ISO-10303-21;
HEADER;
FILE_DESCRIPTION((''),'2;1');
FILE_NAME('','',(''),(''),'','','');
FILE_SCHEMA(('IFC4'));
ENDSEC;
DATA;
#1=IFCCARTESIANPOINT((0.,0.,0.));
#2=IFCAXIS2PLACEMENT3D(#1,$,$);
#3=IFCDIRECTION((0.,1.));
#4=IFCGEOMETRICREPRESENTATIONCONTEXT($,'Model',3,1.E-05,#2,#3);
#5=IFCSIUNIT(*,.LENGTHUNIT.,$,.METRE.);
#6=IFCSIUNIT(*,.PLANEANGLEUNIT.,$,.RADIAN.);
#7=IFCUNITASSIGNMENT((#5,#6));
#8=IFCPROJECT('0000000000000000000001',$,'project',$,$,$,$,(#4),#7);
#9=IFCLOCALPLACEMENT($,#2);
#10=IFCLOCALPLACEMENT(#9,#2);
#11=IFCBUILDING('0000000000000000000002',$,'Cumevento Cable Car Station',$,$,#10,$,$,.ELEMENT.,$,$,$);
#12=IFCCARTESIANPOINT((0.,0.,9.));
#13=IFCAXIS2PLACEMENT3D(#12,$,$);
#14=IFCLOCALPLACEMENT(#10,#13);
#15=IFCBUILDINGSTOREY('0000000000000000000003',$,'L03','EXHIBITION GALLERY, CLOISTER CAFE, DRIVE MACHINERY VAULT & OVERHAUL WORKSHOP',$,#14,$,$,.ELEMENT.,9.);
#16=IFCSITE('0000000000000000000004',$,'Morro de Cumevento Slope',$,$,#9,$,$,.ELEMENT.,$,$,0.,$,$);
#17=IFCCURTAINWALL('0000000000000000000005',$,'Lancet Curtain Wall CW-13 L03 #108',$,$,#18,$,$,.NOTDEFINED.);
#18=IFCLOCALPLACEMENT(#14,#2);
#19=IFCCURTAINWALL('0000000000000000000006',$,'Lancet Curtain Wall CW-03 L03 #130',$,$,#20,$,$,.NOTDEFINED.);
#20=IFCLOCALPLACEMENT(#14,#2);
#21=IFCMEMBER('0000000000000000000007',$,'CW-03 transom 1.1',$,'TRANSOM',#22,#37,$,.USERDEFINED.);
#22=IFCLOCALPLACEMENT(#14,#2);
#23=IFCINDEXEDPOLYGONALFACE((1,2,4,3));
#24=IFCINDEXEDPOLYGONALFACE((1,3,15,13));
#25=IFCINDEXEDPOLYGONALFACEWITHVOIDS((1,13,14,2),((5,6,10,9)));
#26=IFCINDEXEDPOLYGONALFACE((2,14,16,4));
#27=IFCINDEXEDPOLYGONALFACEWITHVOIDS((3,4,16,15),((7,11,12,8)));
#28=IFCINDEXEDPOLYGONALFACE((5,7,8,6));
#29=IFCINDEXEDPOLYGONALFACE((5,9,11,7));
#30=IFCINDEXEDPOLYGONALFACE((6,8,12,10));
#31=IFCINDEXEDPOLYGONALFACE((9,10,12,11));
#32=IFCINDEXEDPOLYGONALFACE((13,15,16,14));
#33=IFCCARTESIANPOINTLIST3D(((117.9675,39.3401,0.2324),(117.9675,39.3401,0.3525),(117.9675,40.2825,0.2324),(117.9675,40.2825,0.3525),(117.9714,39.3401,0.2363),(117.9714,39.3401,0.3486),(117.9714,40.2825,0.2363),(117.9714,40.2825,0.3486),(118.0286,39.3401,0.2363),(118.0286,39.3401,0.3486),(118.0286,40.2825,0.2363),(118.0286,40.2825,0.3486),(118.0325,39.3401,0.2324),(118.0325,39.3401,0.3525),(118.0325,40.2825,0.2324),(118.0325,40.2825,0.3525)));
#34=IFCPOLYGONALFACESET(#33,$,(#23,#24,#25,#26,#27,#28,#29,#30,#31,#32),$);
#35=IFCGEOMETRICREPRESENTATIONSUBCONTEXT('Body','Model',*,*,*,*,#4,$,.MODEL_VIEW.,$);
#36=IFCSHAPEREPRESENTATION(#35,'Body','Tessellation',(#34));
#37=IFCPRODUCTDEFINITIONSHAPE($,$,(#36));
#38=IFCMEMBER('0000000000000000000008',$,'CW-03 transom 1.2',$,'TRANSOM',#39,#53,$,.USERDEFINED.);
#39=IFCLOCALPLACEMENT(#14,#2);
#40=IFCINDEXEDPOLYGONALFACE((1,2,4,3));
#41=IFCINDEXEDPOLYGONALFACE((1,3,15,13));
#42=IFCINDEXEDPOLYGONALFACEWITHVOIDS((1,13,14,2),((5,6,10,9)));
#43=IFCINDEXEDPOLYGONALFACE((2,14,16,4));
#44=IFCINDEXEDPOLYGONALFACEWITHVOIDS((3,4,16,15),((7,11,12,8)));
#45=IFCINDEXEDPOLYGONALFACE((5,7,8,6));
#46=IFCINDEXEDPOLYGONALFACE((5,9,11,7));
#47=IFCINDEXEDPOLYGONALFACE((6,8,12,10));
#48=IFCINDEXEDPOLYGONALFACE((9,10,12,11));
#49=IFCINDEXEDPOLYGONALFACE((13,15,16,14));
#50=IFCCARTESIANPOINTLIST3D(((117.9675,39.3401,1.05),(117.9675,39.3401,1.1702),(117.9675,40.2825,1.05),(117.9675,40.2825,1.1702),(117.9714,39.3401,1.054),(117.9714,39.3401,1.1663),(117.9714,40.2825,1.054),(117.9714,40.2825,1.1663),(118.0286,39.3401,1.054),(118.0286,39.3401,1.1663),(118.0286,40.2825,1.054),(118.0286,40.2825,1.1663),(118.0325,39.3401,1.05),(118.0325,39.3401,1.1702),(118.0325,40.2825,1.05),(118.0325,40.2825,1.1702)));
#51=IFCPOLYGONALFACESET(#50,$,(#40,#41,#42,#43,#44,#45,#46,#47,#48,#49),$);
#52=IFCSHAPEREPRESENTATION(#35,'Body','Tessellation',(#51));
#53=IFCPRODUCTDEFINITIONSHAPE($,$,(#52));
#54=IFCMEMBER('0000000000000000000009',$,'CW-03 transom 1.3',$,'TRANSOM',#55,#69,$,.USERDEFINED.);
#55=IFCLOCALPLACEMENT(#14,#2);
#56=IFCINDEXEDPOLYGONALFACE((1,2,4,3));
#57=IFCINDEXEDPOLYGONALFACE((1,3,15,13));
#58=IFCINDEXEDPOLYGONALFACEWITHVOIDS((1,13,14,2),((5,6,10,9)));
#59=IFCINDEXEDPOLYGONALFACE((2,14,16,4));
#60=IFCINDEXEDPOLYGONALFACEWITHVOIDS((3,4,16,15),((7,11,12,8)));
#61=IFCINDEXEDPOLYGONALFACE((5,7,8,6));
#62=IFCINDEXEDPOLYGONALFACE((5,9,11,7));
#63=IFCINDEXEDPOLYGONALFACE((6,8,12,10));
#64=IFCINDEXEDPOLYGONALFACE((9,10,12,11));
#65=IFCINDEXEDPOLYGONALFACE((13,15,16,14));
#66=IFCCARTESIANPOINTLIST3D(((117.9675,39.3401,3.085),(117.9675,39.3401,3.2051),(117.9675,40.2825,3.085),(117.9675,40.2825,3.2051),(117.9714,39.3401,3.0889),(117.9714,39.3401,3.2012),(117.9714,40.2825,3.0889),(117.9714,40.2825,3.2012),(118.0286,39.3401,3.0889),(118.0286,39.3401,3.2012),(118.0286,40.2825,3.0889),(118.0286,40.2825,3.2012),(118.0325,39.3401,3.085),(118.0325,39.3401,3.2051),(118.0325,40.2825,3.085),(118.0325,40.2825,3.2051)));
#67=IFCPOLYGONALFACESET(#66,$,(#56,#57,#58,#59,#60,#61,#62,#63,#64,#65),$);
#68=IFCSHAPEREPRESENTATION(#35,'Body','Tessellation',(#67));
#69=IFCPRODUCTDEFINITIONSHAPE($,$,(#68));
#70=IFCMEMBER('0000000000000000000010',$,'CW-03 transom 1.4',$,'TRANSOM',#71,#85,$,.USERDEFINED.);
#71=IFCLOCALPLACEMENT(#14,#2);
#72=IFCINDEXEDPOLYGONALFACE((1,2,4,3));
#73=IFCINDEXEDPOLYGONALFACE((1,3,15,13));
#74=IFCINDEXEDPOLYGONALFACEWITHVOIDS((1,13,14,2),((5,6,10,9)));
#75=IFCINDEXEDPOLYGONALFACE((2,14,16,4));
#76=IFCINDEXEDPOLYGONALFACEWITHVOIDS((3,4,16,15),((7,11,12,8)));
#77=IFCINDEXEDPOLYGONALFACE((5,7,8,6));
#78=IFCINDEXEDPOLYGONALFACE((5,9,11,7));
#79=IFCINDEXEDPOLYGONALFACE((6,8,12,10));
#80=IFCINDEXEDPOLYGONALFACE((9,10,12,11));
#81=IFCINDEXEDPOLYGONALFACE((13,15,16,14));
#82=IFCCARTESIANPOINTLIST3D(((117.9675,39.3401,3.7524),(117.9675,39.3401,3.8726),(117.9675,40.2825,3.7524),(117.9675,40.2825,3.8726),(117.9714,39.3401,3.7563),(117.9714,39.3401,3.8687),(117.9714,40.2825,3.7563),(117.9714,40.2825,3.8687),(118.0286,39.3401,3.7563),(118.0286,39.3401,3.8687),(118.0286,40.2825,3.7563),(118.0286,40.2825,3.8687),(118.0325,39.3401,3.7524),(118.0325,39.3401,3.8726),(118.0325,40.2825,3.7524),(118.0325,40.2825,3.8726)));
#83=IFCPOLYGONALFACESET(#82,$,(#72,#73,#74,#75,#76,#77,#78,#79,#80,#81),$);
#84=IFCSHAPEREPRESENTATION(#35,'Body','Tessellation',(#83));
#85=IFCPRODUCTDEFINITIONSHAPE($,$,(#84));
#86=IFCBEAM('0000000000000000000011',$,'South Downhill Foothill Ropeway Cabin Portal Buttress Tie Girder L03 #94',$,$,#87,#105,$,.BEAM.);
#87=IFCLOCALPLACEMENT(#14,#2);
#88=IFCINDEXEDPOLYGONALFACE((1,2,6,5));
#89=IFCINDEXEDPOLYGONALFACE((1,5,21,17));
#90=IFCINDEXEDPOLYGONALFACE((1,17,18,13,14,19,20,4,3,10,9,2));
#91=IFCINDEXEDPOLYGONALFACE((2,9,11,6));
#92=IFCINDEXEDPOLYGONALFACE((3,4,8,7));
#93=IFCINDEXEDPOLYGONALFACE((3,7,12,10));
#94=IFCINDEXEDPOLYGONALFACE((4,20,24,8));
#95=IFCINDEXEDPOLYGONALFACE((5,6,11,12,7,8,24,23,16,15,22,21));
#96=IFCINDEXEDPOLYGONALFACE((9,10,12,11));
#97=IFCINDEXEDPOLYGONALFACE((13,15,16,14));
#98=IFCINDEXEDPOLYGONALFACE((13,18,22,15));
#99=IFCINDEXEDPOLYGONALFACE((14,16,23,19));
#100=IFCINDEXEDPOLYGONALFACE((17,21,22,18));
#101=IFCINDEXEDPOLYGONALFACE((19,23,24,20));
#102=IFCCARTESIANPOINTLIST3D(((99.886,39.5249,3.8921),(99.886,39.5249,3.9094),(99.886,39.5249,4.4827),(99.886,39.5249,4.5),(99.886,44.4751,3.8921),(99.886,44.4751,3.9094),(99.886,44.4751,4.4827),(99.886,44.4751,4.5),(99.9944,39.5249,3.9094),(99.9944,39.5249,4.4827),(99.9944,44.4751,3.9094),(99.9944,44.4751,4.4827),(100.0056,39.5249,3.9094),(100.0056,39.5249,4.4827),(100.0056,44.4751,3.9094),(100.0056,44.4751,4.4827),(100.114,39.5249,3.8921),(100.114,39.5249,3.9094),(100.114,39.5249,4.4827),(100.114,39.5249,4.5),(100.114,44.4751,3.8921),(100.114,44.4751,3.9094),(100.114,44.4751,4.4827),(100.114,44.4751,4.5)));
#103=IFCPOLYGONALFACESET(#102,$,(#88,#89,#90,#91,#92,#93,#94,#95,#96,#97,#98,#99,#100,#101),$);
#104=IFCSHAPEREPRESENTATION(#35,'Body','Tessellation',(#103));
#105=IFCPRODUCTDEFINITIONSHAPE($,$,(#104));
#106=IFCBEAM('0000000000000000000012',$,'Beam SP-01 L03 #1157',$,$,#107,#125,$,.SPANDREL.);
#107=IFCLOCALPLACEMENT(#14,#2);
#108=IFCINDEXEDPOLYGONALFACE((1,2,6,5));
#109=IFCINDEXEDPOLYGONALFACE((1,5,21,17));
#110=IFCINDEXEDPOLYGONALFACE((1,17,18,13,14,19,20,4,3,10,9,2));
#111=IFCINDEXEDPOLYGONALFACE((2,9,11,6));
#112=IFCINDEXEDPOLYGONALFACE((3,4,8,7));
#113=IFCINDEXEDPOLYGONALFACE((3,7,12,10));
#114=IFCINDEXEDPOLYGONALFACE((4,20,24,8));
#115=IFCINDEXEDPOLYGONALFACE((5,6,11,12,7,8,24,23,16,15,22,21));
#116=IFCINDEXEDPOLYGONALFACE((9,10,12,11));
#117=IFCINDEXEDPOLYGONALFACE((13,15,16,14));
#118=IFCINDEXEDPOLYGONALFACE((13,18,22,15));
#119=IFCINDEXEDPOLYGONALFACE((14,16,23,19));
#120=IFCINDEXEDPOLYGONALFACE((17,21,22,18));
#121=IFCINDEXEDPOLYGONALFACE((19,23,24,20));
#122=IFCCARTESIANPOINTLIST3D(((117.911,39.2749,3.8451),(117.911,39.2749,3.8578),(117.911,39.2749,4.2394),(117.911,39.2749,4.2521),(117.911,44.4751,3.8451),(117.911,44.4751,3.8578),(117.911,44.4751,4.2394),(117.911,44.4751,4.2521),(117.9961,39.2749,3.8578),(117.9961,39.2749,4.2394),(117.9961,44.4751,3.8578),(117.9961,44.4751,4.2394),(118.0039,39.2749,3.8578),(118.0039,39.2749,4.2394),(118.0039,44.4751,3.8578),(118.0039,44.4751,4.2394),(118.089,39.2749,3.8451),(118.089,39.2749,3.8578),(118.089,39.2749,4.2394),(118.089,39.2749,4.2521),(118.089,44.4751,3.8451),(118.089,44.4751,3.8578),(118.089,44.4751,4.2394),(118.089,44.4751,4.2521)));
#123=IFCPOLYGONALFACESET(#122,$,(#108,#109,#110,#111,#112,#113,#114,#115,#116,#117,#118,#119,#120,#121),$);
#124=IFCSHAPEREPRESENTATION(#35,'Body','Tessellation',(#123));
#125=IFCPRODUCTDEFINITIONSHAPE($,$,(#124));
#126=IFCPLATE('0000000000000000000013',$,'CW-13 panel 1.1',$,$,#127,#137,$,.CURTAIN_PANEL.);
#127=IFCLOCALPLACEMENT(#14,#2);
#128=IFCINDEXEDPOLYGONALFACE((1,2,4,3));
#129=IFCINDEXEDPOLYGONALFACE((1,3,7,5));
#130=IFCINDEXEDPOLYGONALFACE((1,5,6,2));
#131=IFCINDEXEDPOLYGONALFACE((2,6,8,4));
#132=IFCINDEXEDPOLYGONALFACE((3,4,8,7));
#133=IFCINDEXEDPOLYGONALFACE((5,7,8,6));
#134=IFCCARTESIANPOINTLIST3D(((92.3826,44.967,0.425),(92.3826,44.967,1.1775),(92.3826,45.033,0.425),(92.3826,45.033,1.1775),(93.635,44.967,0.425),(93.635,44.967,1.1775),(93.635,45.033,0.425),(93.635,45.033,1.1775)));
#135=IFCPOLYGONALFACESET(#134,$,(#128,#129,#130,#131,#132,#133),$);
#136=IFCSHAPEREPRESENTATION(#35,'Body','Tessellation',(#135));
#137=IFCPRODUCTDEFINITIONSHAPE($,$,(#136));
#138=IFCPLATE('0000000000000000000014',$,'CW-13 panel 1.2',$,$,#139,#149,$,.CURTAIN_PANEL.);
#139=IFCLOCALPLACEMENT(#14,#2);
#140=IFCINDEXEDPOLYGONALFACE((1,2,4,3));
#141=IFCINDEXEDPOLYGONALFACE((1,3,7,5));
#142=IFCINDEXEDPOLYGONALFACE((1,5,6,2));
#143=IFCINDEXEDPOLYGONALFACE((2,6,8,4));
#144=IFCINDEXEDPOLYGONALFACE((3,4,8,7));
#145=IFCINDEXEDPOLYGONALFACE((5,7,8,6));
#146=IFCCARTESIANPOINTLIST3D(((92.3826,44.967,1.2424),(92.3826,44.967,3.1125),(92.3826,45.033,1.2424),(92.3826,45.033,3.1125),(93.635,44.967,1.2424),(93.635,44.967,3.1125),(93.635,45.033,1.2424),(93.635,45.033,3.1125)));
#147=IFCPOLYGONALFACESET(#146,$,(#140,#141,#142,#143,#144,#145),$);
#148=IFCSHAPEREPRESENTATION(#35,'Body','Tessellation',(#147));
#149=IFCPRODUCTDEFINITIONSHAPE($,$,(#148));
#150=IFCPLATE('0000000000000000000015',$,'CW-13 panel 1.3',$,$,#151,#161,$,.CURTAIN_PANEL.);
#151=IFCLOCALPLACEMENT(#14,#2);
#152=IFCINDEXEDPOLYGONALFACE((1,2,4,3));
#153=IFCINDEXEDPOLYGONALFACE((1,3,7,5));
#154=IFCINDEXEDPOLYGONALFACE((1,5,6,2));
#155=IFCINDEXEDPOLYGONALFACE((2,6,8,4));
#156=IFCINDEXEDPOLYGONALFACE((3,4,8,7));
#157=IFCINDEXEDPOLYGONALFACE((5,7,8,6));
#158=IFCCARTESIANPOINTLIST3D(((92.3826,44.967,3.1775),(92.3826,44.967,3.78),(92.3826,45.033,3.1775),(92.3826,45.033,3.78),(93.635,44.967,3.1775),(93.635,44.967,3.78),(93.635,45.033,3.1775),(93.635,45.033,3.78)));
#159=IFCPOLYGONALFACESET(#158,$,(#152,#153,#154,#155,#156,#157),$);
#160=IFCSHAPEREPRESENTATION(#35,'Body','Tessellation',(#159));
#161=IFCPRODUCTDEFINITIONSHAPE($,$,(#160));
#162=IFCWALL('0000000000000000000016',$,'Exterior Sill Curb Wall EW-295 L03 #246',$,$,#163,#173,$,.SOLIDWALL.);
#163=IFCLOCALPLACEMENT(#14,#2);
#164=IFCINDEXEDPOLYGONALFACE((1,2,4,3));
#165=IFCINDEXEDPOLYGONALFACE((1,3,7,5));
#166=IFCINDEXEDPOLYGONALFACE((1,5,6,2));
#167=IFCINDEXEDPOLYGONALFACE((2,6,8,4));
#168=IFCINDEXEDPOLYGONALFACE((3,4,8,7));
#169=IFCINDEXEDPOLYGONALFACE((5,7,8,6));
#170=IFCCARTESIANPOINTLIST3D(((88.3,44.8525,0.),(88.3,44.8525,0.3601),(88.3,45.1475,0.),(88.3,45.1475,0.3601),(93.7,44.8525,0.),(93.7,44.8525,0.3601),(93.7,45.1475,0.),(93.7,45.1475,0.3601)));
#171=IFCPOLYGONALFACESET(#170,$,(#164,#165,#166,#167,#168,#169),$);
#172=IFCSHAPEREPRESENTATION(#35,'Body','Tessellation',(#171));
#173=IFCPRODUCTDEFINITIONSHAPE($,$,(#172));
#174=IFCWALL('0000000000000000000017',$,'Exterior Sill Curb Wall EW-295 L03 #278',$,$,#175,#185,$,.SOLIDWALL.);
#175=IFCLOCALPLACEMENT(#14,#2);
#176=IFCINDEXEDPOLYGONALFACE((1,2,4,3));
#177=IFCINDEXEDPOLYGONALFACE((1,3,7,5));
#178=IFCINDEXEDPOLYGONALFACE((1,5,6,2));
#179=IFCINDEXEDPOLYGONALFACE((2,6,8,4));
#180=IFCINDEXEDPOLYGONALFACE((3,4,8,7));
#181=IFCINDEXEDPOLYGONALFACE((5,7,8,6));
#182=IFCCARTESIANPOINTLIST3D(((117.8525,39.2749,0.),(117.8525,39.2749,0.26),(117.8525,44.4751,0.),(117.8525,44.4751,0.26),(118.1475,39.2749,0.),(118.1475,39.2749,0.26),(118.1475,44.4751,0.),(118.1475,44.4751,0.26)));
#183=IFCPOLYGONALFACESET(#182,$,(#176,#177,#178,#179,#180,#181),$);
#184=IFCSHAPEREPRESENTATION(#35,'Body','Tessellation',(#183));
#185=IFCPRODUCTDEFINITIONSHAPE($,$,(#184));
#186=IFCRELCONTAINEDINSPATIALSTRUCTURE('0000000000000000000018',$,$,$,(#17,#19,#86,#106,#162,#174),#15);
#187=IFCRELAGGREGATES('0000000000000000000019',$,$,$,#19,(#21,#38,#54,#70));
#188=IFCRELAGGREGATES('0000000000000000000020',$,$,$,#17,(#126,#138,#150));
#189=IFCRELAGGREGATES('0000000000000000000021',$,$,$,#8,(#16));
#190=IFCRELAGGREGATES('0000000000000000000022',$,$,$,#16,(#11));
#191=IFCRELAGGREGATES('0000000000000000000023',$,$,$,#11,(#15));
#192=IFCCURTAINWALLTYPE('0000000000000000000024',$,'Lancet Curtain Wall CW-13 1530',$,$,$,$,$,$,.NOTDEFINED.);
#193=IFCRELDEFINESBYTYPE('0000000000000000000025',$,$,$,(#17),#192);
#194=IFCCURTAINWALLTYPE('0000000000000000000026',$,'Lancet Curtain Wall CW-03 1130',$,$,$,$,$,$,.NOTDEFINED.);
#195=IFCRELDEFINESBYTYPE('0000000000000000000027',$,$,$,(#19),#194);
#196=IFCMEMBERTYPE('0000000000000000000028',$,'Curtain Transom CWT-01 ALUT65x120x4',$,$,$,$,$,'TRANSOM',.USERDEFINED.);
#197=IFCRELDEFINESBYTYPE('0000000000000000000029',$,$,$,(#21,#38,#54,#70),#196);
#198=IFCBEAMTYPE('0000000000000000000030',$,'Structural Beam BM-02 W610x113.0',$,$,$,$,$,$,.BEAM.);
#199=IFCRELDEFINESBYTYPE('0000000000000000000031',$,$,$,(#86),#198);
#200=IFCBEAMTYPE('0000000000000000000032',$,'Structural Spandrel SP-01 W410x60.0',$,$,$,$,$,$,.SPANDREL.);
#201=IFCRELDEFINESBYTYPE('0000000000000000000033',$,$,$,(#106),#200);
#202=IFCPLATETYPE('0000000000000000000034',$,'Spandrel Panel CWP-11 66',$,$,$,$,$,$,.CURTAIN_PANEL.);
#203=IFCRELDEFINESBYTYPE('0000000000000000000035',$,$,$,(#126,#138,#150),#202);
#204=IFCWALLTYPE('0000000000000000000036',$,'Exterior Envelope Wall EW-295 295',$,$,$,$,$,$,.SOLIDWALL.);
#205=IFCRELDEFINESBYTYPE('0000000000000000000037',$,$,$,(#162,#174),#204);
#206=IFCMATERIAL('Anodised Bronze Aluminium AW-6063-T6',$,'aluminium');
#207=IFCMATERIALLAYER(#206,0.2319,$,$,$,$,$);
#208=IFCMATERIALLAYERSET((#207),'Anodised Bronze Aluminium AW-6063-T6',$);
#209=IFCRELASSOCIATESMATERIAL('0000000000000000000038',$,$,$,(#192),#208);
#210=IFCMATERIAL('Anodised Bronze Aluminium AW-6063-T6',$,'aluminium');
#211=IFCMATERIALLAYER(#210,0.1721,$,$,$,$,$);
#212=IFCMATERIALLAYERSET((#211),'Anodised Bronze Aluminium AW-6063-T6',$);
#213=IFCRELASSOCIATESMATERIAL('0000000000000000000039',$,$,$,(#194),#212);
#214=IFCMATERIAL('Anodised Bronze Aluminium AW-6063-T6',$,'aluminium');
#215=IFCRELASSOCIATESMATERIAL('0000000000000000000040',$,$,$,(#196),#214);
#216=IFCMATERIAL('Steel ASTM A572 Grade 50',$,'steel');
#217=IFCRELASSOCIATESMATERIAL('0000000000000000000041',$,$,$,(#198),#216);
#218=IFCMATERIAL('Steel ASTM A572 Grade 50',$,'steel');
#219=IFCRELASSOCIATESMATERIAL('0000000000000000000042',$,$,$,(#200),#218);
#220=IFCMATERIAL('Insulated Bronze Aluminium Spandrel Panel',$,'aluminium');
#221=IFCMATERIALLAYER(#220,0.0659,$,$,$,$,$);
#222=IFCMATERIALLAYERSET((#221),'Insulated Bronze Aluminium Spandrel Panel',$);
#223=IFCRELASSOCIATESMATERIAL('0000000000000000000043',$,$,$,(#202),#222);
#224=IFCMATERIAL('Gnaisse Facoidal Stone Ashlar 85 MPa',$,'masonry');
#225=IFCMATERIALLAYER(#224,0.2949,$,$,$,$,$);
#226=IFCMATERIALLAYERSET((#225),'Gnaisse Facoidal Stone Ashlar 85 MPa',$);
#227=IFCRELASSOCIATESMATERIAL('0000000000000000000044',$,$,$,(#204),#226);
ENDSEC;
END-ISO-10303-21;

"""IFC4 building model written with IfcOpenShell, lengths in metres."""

from ifc_helpers import new_model, si_unit, direction, frame, frame_2d, origin, origin_2d, place, context, subcontext, project, spatial, rectangle, hollow_rectangle, i_section, extrude, material, layer, layer_set, material_profile, profile_set, type_object, element, aggregate, save


model = new_model("IFC4")

# Units and contexts
model_context = context("Model", 3, precision=1e-05, world=origin(), true_north=direction((0.0, 1.0)))
body_context = subcontext(model_context, "Body", "Model", "MODEL_VIEW")
ifc_project = project(units=[si_unit("LENGTHUNIT", "METRE"), si_unit("PLANEANGLEUNIT", "RADIAN")], contexts=[model_context])

# Site, building, storey
site_placement = place(None, origin())
site = spatial("IfcSite", under=ifc_project, at=site_placement, Name="Morro de Cumevento Slope", CompositionType="ELEMENT", RefElevation=0.0)
building_placement = place(site_placement, origin())
building = spatial("IfcBuilding", under=site, at=building_placement, Name="Cumevento Cable Car Station", CompositionType="ELEMENT")
storey_placement = place(building_placement, frame((0.0, 0.0, 9.0)))
storey = spatial("IfcBuildingStorey", under=building, at=storey_placement, Name="L03", Description="EXHIBITION GALLERY, CLOISTER CAFE, DRIVE MACHINERY VAULT & OVERHAUL WORKSHOP", CompositionType="ELEMENT", Elevation=9.0)

# Curtain wall
ifc_material_1 = material(Name="Anodised Bronze Aluminium AW-6063-T6", Category="aluminium")
ifc_layer_1 = layer(ifc_material_1, 0.2319)
ifc_layer_set_1 = layer_set([ifc_layer_1], Name="Anodised Bronze Aluminium AW-6063-T6")
curtain_wall_type_1 = type_object("IfcCurtainWallType", Name="Lancet Curtain Wall CW-13 1530", PredefinedType="NOTDEFINED", material=ifc_layer_set_1)
curtain_wall_1_placement = place(storey_placement, origin())
curtain_wall_1 = element("IfcCurtainWall", 1, at=curtain_wall_1_placement, inside=storey, type_object=curtain_wall_type_1, Name="Lancet Curtain Wall CW-13 L03 #108", PredefinedType="NOTDEFINED")

# Curtain wall
ifc_material_2 = material(Name="Anodised Bronze Aluminium AW-6063-T6", Category="aluminium")
ifc_layer_2 = layer(ifc_material_2, 0.1721)
ifc_layer_set_2 = layer_set([ifc_layer_2], Name="Anodised Bronze Aluminium AW-6063-T6")
curtain_wall_type_2 = type_object("IfcCurtainWallType", Name="Lancet Curtain Wall CW-03 1130", PredefinedType="NOTDEFINED", material=ifc_layer_set_2)
curtain_wall_2_placement = place(storey_placement, origin())
curtain_wall_2 = element("IfcCurtainWall", 2, at=curtain_wall_2_placement, inside=storey, type_object=curtain_wall_type_2, Name="Lancet Curtain Wall CW-03 L03 #130", PredefinedType="NOTDEFINED")

# Members
ifc_material_3 = material(Name="Anodised Bronze Aluminium AW-6063-T6", Category="aluminium")
ifc_material_profile_1 = material_profile(ifc_material_3, hollow_rectangle(XDim=0.0649, YDim=0.1201, WallThickness=0.0039, at=origin_2d()), Name="ALUT65x120x4")
ifc_profile_set_1 = profile_set([ifc_material_profile_1], Name="Anodised Bronze Aluminium AW-6063-T6")
member_type_1 = type_object("IfcMemberType", Name="Curtain Transom CWT-01 ALUT65x120x4", ElementType="TRANSOM", PredefinedType="USERDEFINED", material=ifc_profile_set_1)
member_1_placement = place(storey_placement, frame((118.0, 39.3401, 0.2925), z_axis=(0.0, 1.0, 0.0), x_axis=(-1.0, 0.0, 0.0)))
member_1 = element("IfcMember", 3, at=member_1_placement, type_object=member_type_1, Name="CW-03 transom 1.1", ObjectType="TRANSOM", PredefinedType="USERDEFINED", context=body_context, shape_type="SweptSolid", body=[
    extrude(hollow_rectangle(XDim=0.0649, YDim=0.1201, WallThickness=0.0039, at=origin_2d()), origin(), (0.0, 0.0, 1.0), 0.9424),
])
member_2_placement = place(storey_placement, frame((118.0, 39.3401, 1.1101), z_axis=(0.0, 1.0, 0.0), x_axis=(-1.0, 0.0, 0.0)))
member_2 = element("IfcMember", 4, at=member_2_placement, type_object=member_type_1, Name="CW-03 transom 1.2", ObjectType="TRANSOM", PredefinedType="USERDEFINED", context=body_context, shape_type="SweptSolid", body=[
    extrude(hollow_rectangle(XDim=0.0649, YDim=0.1201, WallThickness=0.0039, at=origin_2d()), origin(), (0.0, 0.0, 1.0), 0.9424),
])
member_3_placement = place(storey_placement, frame((118.0, 39.3401, 3.145), z_axis=(0.0, 1.0, 0.0), x_axis=(-1.0, 0.0, 0.0)))
member_3 = element("IfcMember", 5, at=member_3_placement, type_object=member_type_1, Name="CW-03 transom 1.3", ObjectType="TRANSOM", PredefinedType="USERDEFINED", context=body_context, shape_type="SweptSolid", body=[
    extrude(hollow_rectangle(XDim=0.0649, YDim=0.1201, WallThickness=0.0039, at=origin_2d()), origin(), (0.0, 0.0, 1.0), 0.9424),
])
member_4_placement = place(storey_placement, frame((118.0, 39.3401, 3.8125), z_axis=(0.0, 1.0, 0.0), x_axis=(-1.0, 0.0, 0.0)))
member_4 = element("IfcMember", 6, at=member_4_placement, type_object=member_type_1, Name="CW-03 transom 1.4", ObjectType="TRANSOM", PredefinedType="USERDEFINED", context=body_context, shape_type="SweptSolid", body=[
    extrude(hollow_rectangle(XDim=0.0649, YDim=0.1201, WallThickness=0.0039, at=origin_2d()), origin(), (0.0, 0.0, 1.0), 0.9424),
])
aggregate(curtain_wall_2, [member_1, member_2, member_3, member_4])

# Beams
ifc_material_4 = material(Name="Steel ASTM A572 Grade 50", Category="steel")
ifc_material_profile_2 = material_profile(ifc_material_4, i_section(OverallWidth=0.228, OverallDepth=0.6079, WebThickness=0.0112, FlangeThickness=0.0173, at=origin_2d()), Name="W610x113.0")
ifc_profile_set_2 = profile_set([ifc_material_profile_2], Name="Steel ASTM A572 Grade 50")
beam_type_1 = type_object("IfcBeamType", Name="Structural Beam BM-02 W610x113.0", PredefinedType="BEAM", material=ifc_profile_set_2)
beam_1_placement = place(storey_placement, frame((100.0, 39.5249, 4.196), z_axis=(0.0, 1.0, 0.0), x_axis=(-1.0, 0.0, 0.0)))
element("IfcBeam", 7, at=beam_1_placement, inside=storey, type_object=beam_type_1, Name="South Downhill Foothill Ropeway Cabin Portal Buttress Tie Girder L03 #94", PredefinedType="BEAM", context=body_context, shape_type="SweptSolid", body=[
    extrude(i_section(OverallWidth=0.228, OverallDepth=0.6079, WebThickness=0.0112, FlangeThickness=0.0173, at=origin_2d()), origin(), (0.0, 0.0, 1.0), 4.9502),
])
ifc_material_5 = material(Name="Steel ASTM A572 Grade 50", Category="steel")
ifc_material_profile_3 = material_profile(ifc_material_5, i_section(OverallWidth=0.178, OverallDepth=0.407, WebThickness=0.0078, FlangeThickness=0.0127, at=origin_2d()), Name="W410x60.0")
ifc_profile_set_3 = profile_set([ifc_material_profile_3], Name="Steel ASTM A572 Grade 50")
beam_type_2 = type_object("IfcBeamType", Name="Structural Spandrel SP-01 W410x60.0", PredefinedType="SPANDREL", material=ifc_profile_set_3)
beam_2_placement = place(storey_placement, frame((118.0, 39.2749, 4.0486), z_axis=(0.0, 1.0, 0.0), x_axis=(-1.0, 0.0, 0.0)))
element("IfcBeam", 8, at=beam_2_placement, inside=storey, type_object=beam_type_2, Name="Beam SP-01 L03 #1157", PredefinedType="SPANDREL", context=body_context, shape_type="SweptSolid", body=[
    extrude(i_section(OverallWidth=0.178, OverallDepth=0.407, WebThickness=0.0078, FlangeThickness=0.0127, at=origin_2d()), origin(), (0.0, 0.0, 1.0), 5.2002),
])

# Plates
ifc_material_6 = material(Name="Insulated Bronze Aluminium Spandrel Panel", Category="aluminium")
ifc_layer_3 = layer(ifc_material_6, 0.0659)
ifc_layer_set_3 = layer_set([ifc_layer_3], Name="Insulated Bronze Aluminium Spandrel Panel")
plate_type = type_object("IfcPlateType", Name="Spandrel Panel CWP-11 66", PredefinedType="CURTAIN_PANEL", material=ifc_layer_set_3)
plate_1_placement = place(storey_placement, frame((93.0088, 45.0, 0.425), z_axis=(0.0, 0.0, 1.0), x_axis=(-1.0, 0.0, 0.0)))
plate_1 = element("IfcPlate", 9, at=plate_1_placement, type_object=plate_type, Name="CW-13 panel 1.1", PredefinedType="CURTAIN_PANEL", context=body_context, shape_type="SweptSolid", body=[
    extrude(rectangle(XDim=1.2524, YDim=0.0659, at=origin_2d()), origin(), (0.0, 0.0, 1.0), 0.7524),
])
plate_2_placement = place(storey_placement, frame((93.0088, 45.0, 1.2424), z_axis=(0.0, 0.0, 1.0), x_axis=(-1.0, 0.0, 0.0)))
plate_2 = element("IfcPlate", 10, at=plate_2_placement, type_object=plate_type, Name="CW-13 panel 1.2", PredefinedType="CURTAIN_PANEL", context=body_context, shape_type="SweptSolid", body=[
    extrude(rectangle(XDim=1.2524, YDim=0.0659, at=origin_2d()), origin(), (0.0, 0.0, 1.0), 1.8701),
])
plate_3_placement = place(storey_placement, frame((93.0088, 45.0, 3.1775), z_axis=(0.0, 0.0, 1.0), x_axis=(-1.0, 0.0, 0.0)))
plate_3 = element("IfcPlate", 11, at=plate_3_placement, type_object=plate_type, Name="CW-13 panel 1.3", PredefinedType="CURTAIN_PANEL", context=body_context, shape_type="SweptSolid", body=[
    extrude(rectangle(XDim=1.2524, YDim=0.0659, at=origin_2d()), origin(), (0.0, 0.0, 1.0), 0.6025),
])
aggregate(curtain_wall_1, [plate_1, plate_2, plate_3])

# Walls
ifc_material_7 = material(Name="Gnaisse Facoidal Stone Ashlar 85 MPa", Category="masonry")
ifc_layer_4 = layer(ifc_material_7, 0.2949)
ifc_layer_set_4 = layer_set([ifc_layer_4], Name="Gnaisse Facoidal Stone Ashlar 85 MPa")
wall_type = type_object("IfcWallType", Name="Exterior Envelope Wall EW-295 295", PredefinedType="SOLIDWALL", material=ifc_layer_set_4)
wall_1_placement = place(storey_placement, frame((93.7, 45.0, 0.0), z_axis=(0.0, 0.0, 1.0), x_axis=(-1.0, 0.0, 0.0)))
element("IfcWall", 12, at=wall_1_placement, inside=storey, type_object=wall_type, Name="Exterior Sill Curb Wall EW-295 L03 #246", PredefinedType="SOLIDWALL", context=body_context, shape_type="SweptSolid", body=[
    extrude(rectangle(XDim=5.3999, YDim=0.2949, at=frame_2d((2.7, 0.0))), origin(), (0.0, 0.0, 1.0), 0.3601),
])
wall_2_placement = place(storey_placement, frame((118.0, 39.2749, 0.0), z_axis=(0.0, 0.0, 1.0), x_axis=(0.0, 1.0, 0.0)))
element("IfcWall", 13, at=wall_2_placement, inside=storey, type_object=wall_type, Name="Exterior Sill Curb Wall EW-295 L03 #278", PredefinedType="SOLIDWALL", context=body_context, shape_type="SweptSolid", body=[
    extrude(rectangle(XDim=5.2002, YDim=0.2949, at=frame_2d((2.6001, 0.0))), origin(), (0.0, 0.0, 1.0), 0.26),
])

save(model, "model.ifc")
